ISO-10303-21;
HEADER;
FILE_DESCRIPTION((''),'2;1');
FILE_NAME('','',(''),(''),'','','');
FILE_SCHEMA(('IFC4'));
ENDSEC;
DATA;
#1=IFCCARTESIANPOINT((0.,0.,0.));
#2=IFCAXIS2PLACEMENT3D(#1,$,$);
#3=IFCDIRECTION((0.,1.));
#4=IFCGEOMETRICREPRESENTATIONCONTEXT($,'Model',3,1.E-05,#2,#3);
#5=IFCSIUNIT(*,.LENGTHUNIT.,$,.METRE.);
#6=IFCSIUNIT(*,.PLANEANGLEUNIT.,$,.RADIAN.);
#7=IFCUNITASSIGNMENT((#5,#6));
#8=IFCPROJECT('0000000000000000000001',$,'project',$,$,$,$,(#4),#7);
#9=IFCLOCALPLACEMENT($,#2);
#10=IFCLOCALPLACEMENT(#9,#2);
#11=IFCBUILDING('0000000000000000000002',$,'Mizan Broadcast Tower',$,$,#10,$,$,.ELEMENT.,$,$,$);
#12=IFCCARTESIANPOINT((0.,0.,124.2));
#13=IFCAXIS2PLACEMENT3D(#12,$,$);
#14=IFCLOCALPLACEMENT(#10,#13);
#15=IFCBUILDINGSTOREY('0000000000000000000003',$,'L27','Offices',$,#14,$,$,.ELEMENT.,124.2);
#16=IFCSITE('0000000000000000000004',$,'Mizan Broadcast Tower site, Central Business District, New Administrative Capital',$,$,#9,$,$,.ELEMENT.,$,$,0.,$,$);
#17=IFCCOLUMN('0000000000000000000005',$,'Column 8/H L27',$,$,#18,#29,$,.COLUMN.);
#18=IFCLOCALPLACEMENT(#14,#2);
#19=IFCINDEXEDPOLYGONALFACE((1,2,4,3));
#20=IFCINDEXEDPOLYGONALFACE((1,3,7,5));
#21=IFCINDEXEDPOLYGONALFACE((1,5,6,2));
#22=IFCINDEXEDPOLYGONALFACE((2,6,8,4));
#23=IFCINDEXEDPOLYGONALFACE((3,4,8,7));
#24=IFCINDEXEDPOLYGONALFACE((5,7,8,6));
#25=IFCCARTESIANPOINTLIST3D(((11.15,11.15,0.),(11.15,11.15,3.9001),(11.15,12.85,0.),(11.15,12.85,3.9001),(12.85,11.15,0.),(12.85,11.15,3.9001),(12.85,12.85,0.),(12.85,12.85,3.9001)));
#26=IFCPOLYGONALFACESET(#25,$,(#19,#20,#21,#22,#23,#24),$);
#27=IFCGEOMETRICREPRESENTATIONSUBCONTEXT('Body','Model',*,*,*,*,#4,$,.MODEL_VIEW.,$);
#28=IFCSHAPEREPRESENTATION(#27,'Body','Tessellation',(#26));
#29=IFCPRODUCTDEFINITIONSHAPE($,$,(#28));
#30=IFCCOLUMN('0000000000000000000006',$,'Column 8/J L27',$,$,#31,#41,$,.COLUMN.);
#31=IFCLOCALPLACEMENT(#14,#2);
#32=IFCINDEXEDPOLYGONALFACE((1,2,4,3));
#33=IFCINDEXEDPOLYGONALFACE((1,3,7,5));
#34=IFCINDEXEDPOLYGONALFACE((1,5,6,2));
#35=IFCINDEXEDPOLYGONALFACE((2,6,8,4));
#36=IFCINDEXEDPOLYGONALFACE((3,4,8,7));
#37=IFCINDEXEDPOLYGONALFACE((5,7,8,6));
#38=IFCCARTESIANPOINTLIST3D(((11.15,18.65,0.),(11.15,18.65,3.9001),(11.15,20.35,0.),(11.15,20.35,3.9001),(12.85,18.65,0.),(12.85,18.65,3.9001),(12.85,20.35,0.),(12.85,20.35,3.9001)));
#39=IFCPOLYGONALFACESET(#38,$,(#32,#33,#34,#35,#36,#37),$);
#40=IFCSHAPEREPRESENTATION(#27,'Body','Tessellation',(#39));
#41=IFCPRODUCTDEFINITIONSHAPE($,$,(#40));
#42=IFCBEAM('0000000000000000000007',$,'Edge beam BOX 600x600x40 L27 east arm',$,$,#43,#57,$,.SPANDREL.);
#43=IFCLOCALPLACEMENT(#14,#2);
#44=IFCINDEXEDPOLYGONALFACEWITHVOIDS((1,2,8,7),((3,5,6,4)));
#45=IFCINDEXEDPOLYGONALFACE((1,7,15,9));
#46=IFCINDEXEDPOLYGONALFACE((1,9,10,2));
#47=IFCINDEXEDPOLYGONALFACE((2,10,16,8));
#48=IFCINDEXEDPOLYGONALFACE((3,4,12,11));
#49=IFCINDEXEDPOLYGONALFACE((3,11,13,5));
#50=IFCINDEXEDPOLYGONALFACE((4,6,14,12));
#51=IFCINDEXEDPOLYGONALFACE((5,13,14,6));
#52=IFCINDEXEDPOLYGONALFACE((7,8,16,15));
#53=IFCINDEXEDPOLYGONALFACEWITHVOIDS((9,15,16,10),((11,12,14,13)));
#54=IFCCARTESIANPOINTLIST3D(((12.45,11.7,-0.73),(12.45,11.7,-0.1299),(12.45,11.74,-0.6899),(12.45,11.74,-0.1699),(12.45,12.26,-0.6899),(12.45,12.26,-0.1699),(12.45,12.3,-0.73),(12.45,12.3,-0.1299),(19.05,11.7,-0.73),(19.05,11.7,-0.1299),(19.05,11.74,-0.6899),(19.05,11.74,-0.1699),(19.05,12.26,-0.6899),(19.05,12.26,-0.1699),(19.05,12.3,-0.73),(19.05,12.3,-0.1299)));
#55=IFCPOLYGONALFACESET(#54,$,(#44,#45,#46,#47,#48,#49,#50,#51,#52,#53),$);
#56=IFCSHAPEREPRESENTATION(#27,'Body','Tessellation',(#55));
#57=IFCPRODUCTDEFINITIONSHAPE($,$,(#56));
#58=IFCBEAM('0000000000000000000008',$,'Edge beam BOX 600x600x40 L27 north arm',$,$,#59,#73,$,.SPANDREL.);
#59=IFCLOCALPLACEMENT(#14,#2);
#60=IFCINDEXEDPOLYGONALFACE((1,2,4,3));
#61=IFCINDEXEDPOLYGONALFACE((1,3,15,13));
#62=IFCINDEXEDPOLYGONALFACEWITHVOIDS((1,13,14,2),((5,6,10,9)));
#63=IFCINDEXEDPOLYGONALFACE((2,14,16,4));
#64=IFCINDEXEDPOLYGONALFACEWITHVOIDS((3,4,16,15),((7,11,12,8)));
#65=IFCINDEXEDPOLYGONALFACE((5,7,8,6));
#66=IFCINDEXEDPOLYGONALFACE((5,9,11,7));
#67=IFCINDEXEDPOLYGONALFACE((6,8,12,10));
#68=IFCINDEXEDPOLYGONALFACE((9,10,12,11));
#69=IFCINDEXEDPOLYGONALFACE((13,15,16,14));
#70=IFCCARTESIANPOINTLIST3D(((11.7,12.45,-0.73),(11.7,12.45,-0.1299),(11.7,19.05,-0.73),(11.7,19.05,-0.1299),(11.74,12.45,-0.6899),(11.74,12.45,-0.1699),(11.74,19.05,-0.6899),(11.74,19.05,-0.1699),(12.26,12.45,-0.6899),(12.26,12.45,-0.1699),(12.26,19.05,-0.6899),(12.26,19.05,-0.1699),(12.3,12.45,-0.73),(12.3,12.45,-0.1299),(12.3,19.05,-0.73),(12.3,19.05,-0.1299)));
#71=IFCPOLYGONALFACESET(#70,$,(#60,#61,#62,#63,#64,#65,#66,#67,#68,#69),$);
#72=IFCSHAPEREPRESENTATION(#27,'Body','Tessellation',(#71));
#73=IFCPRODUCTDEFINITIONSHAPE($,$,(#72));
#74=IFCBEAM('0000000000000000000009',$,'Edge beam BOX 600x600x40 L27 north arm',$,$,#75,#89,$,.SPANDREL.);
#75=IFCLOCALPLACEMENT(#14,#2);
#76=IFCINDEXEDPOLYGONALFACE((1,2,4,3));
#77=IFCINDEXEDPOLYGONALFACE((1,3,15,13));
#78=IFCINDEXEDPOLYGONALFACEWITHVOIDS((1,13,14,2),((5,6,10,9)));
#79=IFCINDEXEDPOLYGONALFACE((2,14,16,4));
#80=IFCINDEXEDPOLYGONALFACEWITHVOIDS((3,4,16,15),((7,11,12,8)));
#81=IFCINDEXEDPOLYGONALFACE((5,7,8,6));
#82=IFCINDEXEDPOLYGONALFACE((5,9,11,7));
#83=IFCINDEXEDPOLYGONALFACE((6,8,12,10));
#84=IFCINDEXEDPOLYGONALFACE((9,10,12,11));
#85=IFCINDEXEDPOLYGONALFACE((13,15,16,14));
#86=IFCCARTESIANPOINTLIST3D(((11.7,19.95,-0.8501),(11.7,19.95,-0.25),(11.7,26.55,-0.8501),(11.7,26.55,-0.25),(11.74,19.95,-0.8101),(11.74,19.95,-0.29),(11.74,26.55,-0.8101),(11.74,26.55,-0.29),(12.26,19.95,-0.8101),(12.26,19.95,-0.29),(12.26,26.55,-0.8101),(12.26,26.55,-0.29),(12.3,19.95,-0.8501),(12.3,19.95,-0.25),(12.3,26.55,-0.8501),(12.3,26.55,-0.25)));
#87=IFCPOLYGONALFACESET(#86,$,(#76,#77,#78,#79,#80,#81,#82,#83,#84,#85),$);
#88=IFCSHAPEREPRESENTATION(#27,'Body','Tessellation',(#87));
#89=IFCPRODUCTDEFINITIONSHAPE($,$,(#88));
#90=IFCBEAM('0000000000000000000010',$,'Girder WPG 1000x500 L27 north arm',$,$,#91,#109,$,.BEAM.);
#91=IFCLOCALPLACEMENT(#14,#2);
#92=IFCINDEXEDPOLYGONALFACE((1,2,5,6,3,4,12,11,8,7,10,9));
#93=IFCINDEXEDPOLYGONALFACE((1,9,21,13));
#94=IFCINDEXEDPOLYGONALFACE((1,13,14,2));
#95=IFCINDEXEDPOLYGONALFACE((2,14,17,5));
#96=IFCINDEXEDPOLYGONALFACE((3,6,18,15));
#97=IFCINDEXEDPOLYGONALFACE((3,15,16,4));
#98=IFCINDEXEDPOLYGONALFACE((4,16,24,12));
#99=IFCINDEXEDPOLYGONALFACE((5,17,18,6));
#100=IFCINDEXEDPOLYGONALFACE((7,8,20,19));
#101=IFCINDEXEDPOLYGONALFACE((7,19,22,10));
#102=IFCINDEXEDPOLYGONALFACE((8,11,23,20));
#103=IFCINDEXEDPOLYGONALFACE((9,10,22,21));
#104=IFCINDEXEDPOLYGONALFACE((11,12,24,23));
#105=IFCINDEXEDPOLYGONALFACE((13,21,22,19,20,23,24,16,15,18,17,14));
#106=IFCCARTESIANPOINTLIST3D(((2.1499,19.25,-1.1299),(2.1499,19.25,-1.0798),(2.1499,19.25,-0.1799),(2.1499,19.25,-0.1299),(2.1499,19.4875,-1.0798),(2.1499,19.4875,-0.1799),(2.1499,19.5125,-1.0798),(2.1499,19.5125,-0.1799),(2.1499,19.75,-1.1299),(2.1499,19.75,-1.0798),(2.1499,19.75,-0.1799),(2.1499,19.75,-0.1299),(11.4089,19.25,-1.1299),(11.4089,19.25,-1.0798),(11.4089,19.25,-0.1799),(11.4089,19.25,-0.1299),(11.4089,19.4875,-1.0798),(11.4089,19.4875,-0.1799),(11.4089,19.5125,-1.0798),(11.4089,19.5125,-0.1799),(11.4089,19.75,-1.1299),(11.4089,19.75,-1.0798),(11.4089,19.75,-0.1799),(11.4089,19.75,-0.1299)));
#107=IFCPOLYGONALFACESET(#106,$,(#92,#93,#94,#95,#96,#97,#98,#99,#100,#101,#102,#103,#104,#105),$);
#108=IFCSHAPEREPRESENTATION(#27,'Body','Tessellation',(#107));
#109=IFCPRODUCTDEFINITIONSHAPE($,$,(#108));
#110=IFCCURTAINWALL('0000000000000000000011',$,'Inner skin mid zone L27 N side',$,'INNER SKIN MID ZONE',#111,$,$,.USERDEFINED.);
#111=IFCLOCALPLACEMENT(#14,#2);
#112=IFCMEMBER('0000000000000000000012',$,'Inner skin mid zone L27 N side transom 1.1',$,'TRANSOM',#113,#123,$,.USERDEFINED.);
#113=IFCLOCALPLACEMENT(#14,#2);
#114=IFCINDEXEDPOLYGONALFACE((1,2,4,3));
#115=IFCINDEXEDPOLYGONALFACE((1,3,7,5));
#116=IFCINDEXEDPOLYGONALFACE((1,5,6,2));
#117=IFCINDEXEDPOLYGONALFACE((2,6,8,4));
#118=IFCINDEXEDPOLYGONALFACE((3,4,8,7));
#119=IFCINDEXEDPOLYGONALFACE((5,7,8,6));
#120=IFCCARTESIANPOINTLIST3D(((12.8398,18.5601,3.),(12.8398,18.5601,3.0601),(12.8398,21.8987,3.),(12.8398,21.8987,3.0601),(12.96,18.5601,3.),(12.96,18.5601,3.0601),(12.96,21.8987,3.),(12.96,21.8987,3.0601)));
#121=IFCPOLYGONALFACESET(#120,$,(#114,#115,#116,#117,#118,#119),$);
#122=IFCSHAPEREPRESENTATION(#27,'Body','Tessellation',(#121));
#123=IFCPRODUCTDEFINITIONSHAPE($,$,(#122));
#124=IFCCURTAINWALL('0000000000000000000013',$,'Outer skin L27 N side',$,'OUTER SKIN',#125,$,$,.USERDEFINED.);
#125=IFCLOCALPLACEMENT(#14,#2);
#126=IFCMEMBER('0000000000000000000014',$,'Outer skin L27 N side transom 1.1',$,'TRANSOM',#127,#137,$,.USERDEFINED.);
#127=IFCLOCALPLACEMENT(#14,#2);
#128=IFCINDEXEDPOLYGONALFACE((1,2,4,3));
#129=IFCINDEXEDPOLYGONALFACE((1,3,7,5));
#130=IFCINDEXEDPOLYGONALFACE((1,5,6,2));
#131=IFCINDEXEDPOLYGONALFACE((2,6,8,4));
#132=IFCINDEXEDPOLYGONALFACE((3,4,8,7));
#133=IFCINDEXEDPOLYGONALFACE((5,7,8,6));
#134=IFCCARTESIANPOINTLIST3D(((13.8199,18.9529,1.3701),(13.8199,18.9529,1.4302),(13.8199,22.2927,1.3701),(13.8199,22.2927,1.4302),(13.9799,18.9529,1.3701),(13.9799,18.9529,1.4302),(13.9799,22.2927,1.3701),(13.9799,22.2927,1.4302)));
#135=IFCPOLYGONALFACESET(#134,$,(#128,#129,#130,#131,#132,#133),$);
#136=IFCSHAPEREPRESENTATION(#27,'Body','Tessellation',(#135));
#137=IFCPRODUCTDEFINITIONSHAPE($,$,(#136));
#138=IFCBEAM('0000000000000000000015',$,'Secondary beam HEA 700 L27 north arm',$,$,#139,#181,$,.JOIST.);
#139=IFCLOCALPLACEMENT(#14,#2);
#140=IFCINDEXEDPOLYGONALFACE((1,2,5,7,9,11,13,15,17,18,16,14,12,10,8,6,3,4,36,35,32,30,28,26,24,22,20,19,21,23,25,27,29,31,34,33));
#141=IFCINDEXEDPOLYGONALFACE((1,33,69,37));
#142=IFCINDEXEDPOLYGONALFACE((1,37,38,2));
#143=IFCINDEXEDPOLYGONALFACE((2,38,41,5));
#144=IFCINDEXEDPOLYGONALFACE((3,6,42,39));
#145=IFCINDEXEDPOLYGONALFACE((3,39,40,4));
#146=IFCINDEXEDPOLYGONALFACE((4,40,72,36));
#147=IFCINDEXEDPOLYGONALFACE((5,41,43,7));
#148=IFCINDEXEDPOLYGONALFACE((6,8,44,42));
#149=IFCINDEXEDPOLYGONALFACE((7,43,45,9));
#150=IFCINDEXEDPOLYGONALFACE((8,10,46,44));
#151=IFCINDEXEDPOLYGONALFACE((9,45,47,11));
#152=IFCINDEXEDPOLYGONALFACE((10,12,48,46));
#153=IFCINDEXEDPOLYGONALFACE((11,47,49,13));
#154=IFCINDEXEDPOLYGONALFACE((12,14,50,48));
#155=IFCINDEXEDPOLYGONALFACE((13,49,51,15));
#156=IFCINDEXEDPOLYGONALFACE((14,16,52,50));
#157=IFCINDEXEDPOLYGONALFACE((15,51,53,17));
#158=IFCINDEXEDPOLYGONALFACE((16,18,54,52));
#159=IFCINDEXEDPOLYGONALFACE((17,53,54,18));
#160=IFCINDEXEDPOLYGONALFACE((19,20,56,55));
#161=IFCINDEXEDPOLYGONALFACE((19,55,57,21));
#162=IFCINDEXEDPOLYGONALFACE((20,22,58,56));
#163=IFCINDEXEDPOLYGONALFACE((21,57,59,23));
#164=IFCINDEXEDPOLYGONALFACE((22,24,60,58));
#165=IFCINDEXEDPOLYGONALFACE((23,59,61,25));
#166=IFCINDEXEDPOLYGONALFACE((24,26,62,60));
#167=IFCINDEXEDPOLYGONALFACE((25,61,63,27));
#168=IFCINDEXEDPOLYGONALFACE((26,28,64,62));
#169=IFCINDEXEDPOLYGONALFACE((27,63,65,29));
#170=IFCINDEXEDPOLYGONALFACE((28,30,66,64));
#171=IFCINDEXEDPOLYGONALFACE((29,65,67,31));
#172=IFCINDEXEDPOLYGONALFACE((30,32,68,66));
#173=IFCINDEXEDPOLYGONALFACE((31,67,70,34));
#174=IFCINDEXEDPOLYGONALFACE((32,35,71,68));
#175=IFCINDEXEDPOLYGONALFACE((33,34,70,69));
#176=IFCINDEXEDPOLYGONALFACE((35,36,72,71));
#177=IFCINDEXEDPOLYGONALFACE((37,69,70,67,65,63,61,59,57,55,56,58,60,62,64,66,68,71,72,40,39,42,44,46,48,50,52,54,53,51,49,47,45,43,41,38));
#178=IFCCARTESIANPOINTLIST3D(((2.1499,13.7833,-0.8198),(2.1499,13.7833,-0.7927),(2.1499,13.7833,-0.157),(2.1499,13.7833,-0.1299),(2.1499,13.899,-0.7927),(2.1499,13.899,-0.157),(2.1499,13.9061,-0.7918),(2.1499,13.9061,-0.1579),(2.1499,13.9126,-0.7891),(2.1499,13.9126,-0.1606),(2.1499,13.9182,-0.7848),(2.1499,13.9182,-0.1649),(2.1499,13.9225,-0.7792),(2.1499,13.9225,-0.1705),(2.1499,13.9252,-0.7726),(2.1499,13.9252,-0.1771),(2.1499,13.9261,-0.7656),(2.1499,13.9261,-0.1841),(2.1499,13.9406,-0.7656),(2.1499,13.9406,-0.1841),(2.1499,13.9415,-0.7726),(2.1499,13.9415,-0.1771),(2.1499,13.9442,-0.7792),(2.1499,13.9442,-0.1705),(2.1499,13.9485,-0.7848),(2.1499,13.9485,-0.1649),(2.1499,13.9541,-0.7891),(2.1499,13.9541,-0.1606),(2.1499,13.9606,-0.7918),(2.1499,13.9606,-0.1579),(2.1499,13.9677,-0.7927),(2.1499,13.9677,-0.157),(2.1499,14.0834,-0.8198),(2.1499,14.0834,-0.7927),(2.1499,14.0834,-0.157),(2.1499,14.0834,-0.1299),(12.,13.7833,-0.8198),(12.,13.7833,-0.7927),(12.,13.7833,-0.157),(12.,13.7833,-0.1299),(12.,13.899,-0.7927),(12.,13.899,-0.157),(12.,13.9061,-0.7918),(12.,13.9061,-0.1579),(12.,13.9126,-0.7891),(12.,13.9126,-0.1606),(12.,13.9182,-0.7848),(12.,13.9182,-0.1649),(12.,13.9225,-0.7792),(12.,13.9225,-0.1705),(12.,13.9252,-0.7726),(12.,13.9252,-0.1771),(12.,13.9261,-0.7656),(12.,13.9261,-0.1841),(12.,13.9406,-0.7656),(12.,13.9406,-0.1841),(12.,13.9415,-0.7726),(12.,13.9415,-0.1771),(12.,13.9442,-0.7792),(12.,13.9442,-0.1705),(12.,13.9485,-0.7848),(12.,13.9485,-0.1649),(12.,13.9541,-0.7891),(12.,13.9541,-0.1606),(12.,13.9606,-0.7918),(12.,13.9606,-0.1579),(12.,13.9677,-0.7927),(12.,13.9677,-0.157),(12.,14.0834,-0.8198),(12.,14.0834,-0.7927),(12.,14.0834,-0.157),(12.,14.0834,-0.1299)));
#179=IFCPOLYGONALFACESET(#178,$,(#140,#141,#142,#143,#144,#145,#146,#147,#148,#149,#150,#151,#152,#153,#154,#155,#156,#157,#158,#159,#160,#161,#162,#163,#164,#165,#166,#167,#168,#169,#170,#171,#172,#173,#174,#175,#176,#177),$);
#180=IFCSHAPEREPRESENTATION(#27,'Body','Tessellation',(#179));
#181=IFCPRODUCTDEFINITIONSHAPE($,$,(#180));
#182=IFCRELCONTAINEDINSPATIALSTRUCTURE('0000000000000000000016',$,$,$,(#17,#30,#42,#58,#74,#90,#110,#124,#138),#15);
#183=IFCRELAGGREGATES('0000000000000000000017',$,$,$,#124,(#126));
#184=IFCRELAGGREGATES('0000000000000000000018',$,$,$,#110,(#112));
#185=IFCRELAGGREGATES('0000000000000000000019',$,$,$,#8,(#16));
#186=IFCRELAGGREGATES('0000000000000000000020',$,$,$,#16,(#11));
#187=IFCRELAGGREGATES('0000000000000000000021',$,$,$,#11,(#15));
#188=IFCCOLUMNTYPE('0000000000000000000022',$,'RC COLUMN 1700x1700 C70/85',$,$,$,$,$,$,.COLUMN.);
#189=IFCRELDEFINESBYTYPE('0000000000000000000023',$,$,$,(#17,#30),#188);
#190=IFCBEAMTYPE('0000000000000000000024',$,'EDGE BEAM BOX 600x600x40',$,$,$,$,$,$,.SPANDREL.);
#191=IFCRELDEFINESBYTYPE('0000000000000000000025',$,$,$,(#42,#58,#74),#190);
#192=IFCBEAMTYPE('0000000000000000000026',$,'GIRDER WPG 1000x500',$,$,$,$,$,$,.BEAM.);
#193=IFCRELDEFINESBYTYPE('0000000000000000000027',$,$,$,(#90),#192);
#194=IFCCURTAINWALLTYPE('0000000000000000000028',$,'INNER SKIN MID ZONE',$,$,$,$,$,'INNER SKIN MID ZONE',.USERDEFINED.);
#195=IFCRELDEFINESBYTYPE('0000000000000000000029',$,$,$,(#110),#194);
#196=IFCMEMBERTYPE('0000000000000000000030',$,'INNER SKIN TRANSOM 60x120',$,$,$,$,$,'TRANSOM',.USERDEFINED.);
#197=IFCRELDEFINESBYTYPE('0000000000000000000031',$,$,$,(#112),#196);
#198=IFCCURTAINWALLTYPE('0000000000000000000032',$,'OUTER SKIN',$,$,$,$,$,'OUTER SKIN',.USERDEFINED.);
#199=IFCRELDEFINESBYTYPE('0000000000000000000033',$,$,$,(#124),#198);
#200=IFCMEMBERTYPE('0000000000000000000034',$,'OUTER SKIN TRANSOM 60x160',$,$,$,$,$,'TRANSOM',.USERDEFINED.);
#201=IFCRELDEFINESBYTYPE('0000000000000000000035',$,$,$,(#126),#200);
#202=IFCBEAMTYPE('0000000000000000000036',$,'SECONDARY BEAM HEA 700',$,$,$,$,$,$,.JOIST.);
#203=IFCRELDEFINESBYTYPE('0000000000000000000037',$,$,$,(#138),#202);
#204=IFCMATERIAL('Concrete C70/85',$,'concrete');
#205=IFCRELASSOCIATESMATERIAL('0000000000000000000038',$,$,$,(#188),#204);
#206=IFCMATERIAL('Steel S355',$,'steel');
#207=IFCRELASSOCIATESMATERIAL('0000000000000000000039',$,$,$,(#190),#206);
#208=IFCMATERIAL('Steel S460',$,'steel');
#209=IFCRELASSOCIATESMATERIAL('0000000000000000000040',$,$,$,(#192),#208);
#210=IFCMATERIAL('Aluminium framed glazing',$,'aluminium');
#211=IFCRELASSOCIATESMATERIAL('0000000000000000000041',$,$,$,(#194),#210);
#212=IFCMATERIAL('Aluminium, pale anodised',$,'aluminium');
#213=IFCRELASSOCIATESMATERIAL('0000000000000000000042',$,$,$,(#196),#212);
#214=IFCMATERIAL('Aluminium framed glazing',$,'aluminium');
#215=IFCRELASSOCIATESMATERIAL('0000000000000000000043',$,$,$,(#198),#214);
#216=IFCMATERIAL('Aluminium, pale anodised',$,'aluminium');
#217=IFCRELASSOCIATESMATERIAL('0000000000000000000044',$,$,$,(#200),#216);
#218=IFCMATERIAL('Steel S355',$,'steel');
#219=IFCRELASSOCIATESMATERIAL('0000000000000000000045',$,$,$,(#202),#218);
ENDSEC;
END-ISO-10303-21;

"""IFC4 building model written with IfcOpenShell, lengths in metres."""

from ifc_helpers import new_model, si_unit, direction, frame, origin, origin_2d, place, context, subcontext, project, spatial, rectangle, hollow_rectangle, i_section, extrude, material, material_profile, profile_set, type_object, element, aggregate, save


model = new_model("IFC4")

# Units and contexts
model_context = context("Model", 3, precision=1e-05, world=origin(), true_north=direction((0.0, 1.0)))
body_context = subcontext(model_context, "Body", "Model", "MODEL_VIEW")
ifc_project = project(units=[si_unit("LENGTHUNIT", "METRE"), si_unit("PLANEANGLEUNIT", "RADIAN")], contexts=[model_context])

# Site, building, storey
site_placement = place(None, origin())
site = spatial("IfcSite", under=ifc_project, at=site_placement, Name="Mizan Broadcast Tower site, Central Business District, New Administrative Capital", CompositionType="ELEMENT", RefElevation=0.0)
building_placement = place(site_placement, origin())
building = spatial("IfcBuilding", under=site, at=building_placement, Name="Mizan Broadcast Tower", CompositionType="ELEMENT")
storey_placement = place(building_placement, frame((0.0, 0.0, 124.2)))
storey = spatial("IfcBuildingStorey", under=building, at=storey_placement, Name="L27", Description="Offices", CompositionType="ELEMENT", Elevation=124.2)

# Columns
ifc_material_1 = material(Name="Concrete C70/85", Category="concrete")
ifc_material_profile_1 = material_profile(ifc_material_1, rectangle(XDim=1.7, YDim=1.7, at=origin_2d()), Name="RC 1700x1700")
ifc_profile_set_1 = profile_set([ifc_material_profile_1], Name="Concrete C70/85")
column_type = type_object("IfcColumnType", Name="RC COLUMN 1700x1700 C70/85", PredefinedType="COLUMN", material=ifc_profile_set_1)
for number, where, z_axis, x_axis, name in (
    (1, (12.0, 12.0, 0.0), (0.0, 0.0, 1.0), (1.0, 0.0, 0.0), "Column 8/H L27"),
    (2, (12.0, 19.5, 0.0), (0.0, 0.0, 1.0), (1.0, 0.0, 0.0), "Column 8/J L27"),
):
    element("IfcColumn", number, at=place(storey_placement, frame(where, z_axis=z_axis, x_axis=x_axis)), inside=storey, type_object=column_type, Name=name, PredefinedType="COLUMN", context=body_context, shape_type="SweptSolid", body=[
        extrude(rectangle(XDim=1.7, YDim=1.7, at=origin_2d()), origin(), (0.0, 0.0, 1.0), 3.9001),
    ])

# Beams
ifc_material_2 = material(Name="Steel S355", Category="steel")
ifc_material_profile_2 = material_profile(ifc_material_2, hollow_rectangle(XDim=0.6001, YDim=0.6001, WallThickness=0.04, at=origin_2d()), Name="BOX 600x600x40")
ifc_profile_set_2 = profile_set([ifc_material_profile_2], Name="Steel S355")
beam_type_1 = type_object("IfcBeamType", Name="EDGE BEAM BOX 600x600x40", PredefinedType="SPANDREL", material=ifc_profile_set_2)
for number, where, z_axis, x_axis, name in (
    (3, (12.45, 12.0, -0.4299), (1.0, 0.0, 0.0), (0.0, 1.0, 0.0), "Edge beam BOX 600x600x40 L27 east arm"),
    (4, (12.0, 12.45, -0.4299), (0.0, 1.0, 0.0), (-1.0, 0.0, 0.0), "Edge beam BOX 600x600x40 L27 north arm"),
    (5, (12.0, 19.95, -0.55), (0.0, 1.0, 0.0), (-1.0, 0.0, 0.0), "Edge beam BOX 600x600x40 L27 north arm"),
):
    element("IfcBeam", number, at=place(storey_placement, frame(where, z_axis=z_axis, x_axis=x_axis)), inside=storey, type_object=beam_type_1, Name=name, PredefinedType="SPANDREL", context=body_context, shape_type="SweptSolid", body=[
        extrude(hollow_rectangle(XDim=0.6001, YDim=0.6001, WallThickness=0.04, at=origin_2d()), origin(), (0.0, 0.0, 1.0), 6.6001),
    ])
ifc_material_3 = material(Name="Steel S460", Category="steel")
ifc_material_profile_3 = material_profile(ifc_material_3, i_section(OverallWidth=0.5, OverallDepth=1.0, WebThickness=0.0249, FlangeThickness=0.05, at=origin_2d()), Name="WPG 1000x500")
ifc_profile_set_3 = profile_set([ifc_material_profile_3], Name="Steel S460")
beam_type_2 = type_object("IfcBeamType", Name="GIRDER WPG 1000x500", PredefinedType="BEAM", material=ifc_profile_set_3)
beam_1_placement = place(storey_placement, frame((11.4089, 19.5, -0.6299), z_axis=(-1.0, 0.0, 0.0), x_axis=(0.0, -1.0, 0.0)))
element("IfcBeam", 6, at=beam_1_placement, inside=storey, type_object=beam_type_2, Name="Girder WPG 1000x500 L27 north arm", PredefinedType="BEAM", context=body_context, shape_type="SweptSolid", body=[
    extrude(i_section(OverallWidth=0.5, OverallDepth=1.0, WebThickness=0.0249, FlangeThickness=0.05, at=origin_2d()), origin(), (0.0, 0.0, 1.0), 9.259),
])

# Curtain walls, members
ifc_material_4 = material(Name="Aluminium framed glazing", Category="aluminium")
curtain_wall_type_1 = type_object("IfcCurtainWallType", Name="INNER SKIN MID ZONE", ElementType="INNER SKIN MID ZONE", PredefinedType="USERDEFINED", material=ifc_material_4)
curtain_wall_1_placement = place(storey_placement, origin())
curtain_wall_1 = element("IfcCurtainWall", 7, at=curtain_wall_1_placement, inside=storey, type_object=curtain_wall_type_1, Name="Inner skin mid zone L27 N side", ObjectType="INNER SKIN MID ZONE", PredefinedType="USERDEFINED")
ifc_material_5 = material(Name="Aluminium, pale anodised", Category="aluminium")
ifc_material_profile_4 = material_profile(ifc_material_5, rectangle(XDim=0.1201, YDim=0.0601, at=origin_2d()), Name="TRANSOM 120x60")
ifc_profile_set_4 = profile_set([ifc_material_profile_4], Name="Aluminium, pale anodised")
member_type_1 = type_object("IfcMemberType", Name="INNER SKIN TRANSOM 60x120", ElementType="TRANSOM", PredefinedType="USERDEFINED", material=ifc_profile_set_4)
member_1_placement = place(storey_placement, frame((12.8999, 18.5601, 3.03), z_axis=(0.0, 1.0, 0.0), x_axis=(-1.0, 0.0, 0.0)))
member_1 = element("IfcMember", 8, at=member_1_placement, type_object=member_type_1, Name="Inner skin mid zone L27 N side transom 1.1", ObjectType="TRANSOM", PredefinedType="USERDEFINED", context=body_context, shape_type="SweptSolid", body=[
    extrude(rectangle(XDim=0.1201, YDim=0.0601, at=origin_2d()), origin(), (0.0, 0.0, 1.0), 3.3386),
])
ifc_material_6 = material(Name="Aluminium framed glazing", Category="aluminium")
curtain_wall_type_2 = type_object("IfcCurtainWallType", Name="OUTER SKIN", ElementType="OUTER SKIN", PredefinedType="USERDEFINED", material=ifc_material_6)
curtain_wall_2_placement = place(storey_placement, origin())
curtain_wall_2 = element("IfcCurtainWall", 9, at=curtain_wall_2_placement, inside=storey, type_object=curtain_wall_type_2, Name="Outer skin L27 N side", ObjectType="OUTER SKIN", PredefinedType="USERDEFINED")
ifc_material_7 = material(Name="Aluminium, pale anodised", Category="aluminium")
ifc_material_profile_5 = material_profile(ifc_material_7, rectangle(XDim=0.1599, YDim=0.0601, at=origin_2d()), Name="TRANSOM 160x60")
ifc_profile_set_5 = profile_set([ifc_material_profile_5], Name="Aluminium, pale anodised")
member_type_2 = type_object("IfcMemberType", Name="OUTER SKIN TRANSOM 60x160", ElementType="TRANSOM", PredefinedType="USERDEFINED", material=ifc_profile_set_5)
member_2_placement = place(storey_placement, frame((13.8999, 18.9529, 1.4001), z_axis=(0.0, 1.0, 0.0), x_axis=(-1.0, 0.0, 0.0)))
member_2 = element("IfcMember", 10, at=member_2_placement, type_object=member_type_2, Name="Outer skin L27 N side transom 1.1", ObjectType="TRANSOM", PredefinedType="USERDEFINED", context=body_context, shape_type="SweptSolid", body=[
    extrude(rectangle(XDim=0.1599, YDim=0.0601, at=origin_2d()), origin(), (0.0, 0.0, 1.0), 3.3398),
])
aggregate(curtain_wall_2, [member_2])

# Beam
ifc_material_8 = material(Name="Steel S355", Category="steel")
ifc_material_profile_6 = material_profile(ifc_material_8, i_section(OverallWidth=0.3, OverallDepth=0.6899, WebThickness=0.0144, FlangeThickness=0.0271, FilletRadius=0.0271, at=origin_2d()), Name="HEA 700")
ifc_profile_set_6 = profile_set([ifc_material_profile_6], Name="Steel S355")
beam_type_3 = type_object("IfcBeamType", Name="SECONDARY BEAM HEA 700", PredefinedType="JOIST", material=ifc_profile_set_6)
for number, where, z_axis, x_axis, name in (
    (11, (12.0, 13.9333, -0.4749), (-1.0, 0.0, 0.0), (0.0, -1.0, 0.0), "Secondary beam HEA 700 L27 north arm"),
):
    element("IfcBeam", number, at=place(storey_placement, frame(where, z_axis=z_axis, x_axis=x_axis)), inside=storey, type_object=beam_type_3, Name=name, PredefinedType="JOIST", context=body_context, shape_type="SweptSolid", body=[
        extrude(i_section(OverallWidth=0.3, OverallDepth=0.6899, WebThickness=0.0144, FlangeThickness=0.0271, FilletRadius=0.0271, at=origin_2d()), origin(), (0.0, 0.0, 1.0), 9.8501),
    ])

aggregate(curtain_wall_1, [member_1])

save(model, "model.ifc")
